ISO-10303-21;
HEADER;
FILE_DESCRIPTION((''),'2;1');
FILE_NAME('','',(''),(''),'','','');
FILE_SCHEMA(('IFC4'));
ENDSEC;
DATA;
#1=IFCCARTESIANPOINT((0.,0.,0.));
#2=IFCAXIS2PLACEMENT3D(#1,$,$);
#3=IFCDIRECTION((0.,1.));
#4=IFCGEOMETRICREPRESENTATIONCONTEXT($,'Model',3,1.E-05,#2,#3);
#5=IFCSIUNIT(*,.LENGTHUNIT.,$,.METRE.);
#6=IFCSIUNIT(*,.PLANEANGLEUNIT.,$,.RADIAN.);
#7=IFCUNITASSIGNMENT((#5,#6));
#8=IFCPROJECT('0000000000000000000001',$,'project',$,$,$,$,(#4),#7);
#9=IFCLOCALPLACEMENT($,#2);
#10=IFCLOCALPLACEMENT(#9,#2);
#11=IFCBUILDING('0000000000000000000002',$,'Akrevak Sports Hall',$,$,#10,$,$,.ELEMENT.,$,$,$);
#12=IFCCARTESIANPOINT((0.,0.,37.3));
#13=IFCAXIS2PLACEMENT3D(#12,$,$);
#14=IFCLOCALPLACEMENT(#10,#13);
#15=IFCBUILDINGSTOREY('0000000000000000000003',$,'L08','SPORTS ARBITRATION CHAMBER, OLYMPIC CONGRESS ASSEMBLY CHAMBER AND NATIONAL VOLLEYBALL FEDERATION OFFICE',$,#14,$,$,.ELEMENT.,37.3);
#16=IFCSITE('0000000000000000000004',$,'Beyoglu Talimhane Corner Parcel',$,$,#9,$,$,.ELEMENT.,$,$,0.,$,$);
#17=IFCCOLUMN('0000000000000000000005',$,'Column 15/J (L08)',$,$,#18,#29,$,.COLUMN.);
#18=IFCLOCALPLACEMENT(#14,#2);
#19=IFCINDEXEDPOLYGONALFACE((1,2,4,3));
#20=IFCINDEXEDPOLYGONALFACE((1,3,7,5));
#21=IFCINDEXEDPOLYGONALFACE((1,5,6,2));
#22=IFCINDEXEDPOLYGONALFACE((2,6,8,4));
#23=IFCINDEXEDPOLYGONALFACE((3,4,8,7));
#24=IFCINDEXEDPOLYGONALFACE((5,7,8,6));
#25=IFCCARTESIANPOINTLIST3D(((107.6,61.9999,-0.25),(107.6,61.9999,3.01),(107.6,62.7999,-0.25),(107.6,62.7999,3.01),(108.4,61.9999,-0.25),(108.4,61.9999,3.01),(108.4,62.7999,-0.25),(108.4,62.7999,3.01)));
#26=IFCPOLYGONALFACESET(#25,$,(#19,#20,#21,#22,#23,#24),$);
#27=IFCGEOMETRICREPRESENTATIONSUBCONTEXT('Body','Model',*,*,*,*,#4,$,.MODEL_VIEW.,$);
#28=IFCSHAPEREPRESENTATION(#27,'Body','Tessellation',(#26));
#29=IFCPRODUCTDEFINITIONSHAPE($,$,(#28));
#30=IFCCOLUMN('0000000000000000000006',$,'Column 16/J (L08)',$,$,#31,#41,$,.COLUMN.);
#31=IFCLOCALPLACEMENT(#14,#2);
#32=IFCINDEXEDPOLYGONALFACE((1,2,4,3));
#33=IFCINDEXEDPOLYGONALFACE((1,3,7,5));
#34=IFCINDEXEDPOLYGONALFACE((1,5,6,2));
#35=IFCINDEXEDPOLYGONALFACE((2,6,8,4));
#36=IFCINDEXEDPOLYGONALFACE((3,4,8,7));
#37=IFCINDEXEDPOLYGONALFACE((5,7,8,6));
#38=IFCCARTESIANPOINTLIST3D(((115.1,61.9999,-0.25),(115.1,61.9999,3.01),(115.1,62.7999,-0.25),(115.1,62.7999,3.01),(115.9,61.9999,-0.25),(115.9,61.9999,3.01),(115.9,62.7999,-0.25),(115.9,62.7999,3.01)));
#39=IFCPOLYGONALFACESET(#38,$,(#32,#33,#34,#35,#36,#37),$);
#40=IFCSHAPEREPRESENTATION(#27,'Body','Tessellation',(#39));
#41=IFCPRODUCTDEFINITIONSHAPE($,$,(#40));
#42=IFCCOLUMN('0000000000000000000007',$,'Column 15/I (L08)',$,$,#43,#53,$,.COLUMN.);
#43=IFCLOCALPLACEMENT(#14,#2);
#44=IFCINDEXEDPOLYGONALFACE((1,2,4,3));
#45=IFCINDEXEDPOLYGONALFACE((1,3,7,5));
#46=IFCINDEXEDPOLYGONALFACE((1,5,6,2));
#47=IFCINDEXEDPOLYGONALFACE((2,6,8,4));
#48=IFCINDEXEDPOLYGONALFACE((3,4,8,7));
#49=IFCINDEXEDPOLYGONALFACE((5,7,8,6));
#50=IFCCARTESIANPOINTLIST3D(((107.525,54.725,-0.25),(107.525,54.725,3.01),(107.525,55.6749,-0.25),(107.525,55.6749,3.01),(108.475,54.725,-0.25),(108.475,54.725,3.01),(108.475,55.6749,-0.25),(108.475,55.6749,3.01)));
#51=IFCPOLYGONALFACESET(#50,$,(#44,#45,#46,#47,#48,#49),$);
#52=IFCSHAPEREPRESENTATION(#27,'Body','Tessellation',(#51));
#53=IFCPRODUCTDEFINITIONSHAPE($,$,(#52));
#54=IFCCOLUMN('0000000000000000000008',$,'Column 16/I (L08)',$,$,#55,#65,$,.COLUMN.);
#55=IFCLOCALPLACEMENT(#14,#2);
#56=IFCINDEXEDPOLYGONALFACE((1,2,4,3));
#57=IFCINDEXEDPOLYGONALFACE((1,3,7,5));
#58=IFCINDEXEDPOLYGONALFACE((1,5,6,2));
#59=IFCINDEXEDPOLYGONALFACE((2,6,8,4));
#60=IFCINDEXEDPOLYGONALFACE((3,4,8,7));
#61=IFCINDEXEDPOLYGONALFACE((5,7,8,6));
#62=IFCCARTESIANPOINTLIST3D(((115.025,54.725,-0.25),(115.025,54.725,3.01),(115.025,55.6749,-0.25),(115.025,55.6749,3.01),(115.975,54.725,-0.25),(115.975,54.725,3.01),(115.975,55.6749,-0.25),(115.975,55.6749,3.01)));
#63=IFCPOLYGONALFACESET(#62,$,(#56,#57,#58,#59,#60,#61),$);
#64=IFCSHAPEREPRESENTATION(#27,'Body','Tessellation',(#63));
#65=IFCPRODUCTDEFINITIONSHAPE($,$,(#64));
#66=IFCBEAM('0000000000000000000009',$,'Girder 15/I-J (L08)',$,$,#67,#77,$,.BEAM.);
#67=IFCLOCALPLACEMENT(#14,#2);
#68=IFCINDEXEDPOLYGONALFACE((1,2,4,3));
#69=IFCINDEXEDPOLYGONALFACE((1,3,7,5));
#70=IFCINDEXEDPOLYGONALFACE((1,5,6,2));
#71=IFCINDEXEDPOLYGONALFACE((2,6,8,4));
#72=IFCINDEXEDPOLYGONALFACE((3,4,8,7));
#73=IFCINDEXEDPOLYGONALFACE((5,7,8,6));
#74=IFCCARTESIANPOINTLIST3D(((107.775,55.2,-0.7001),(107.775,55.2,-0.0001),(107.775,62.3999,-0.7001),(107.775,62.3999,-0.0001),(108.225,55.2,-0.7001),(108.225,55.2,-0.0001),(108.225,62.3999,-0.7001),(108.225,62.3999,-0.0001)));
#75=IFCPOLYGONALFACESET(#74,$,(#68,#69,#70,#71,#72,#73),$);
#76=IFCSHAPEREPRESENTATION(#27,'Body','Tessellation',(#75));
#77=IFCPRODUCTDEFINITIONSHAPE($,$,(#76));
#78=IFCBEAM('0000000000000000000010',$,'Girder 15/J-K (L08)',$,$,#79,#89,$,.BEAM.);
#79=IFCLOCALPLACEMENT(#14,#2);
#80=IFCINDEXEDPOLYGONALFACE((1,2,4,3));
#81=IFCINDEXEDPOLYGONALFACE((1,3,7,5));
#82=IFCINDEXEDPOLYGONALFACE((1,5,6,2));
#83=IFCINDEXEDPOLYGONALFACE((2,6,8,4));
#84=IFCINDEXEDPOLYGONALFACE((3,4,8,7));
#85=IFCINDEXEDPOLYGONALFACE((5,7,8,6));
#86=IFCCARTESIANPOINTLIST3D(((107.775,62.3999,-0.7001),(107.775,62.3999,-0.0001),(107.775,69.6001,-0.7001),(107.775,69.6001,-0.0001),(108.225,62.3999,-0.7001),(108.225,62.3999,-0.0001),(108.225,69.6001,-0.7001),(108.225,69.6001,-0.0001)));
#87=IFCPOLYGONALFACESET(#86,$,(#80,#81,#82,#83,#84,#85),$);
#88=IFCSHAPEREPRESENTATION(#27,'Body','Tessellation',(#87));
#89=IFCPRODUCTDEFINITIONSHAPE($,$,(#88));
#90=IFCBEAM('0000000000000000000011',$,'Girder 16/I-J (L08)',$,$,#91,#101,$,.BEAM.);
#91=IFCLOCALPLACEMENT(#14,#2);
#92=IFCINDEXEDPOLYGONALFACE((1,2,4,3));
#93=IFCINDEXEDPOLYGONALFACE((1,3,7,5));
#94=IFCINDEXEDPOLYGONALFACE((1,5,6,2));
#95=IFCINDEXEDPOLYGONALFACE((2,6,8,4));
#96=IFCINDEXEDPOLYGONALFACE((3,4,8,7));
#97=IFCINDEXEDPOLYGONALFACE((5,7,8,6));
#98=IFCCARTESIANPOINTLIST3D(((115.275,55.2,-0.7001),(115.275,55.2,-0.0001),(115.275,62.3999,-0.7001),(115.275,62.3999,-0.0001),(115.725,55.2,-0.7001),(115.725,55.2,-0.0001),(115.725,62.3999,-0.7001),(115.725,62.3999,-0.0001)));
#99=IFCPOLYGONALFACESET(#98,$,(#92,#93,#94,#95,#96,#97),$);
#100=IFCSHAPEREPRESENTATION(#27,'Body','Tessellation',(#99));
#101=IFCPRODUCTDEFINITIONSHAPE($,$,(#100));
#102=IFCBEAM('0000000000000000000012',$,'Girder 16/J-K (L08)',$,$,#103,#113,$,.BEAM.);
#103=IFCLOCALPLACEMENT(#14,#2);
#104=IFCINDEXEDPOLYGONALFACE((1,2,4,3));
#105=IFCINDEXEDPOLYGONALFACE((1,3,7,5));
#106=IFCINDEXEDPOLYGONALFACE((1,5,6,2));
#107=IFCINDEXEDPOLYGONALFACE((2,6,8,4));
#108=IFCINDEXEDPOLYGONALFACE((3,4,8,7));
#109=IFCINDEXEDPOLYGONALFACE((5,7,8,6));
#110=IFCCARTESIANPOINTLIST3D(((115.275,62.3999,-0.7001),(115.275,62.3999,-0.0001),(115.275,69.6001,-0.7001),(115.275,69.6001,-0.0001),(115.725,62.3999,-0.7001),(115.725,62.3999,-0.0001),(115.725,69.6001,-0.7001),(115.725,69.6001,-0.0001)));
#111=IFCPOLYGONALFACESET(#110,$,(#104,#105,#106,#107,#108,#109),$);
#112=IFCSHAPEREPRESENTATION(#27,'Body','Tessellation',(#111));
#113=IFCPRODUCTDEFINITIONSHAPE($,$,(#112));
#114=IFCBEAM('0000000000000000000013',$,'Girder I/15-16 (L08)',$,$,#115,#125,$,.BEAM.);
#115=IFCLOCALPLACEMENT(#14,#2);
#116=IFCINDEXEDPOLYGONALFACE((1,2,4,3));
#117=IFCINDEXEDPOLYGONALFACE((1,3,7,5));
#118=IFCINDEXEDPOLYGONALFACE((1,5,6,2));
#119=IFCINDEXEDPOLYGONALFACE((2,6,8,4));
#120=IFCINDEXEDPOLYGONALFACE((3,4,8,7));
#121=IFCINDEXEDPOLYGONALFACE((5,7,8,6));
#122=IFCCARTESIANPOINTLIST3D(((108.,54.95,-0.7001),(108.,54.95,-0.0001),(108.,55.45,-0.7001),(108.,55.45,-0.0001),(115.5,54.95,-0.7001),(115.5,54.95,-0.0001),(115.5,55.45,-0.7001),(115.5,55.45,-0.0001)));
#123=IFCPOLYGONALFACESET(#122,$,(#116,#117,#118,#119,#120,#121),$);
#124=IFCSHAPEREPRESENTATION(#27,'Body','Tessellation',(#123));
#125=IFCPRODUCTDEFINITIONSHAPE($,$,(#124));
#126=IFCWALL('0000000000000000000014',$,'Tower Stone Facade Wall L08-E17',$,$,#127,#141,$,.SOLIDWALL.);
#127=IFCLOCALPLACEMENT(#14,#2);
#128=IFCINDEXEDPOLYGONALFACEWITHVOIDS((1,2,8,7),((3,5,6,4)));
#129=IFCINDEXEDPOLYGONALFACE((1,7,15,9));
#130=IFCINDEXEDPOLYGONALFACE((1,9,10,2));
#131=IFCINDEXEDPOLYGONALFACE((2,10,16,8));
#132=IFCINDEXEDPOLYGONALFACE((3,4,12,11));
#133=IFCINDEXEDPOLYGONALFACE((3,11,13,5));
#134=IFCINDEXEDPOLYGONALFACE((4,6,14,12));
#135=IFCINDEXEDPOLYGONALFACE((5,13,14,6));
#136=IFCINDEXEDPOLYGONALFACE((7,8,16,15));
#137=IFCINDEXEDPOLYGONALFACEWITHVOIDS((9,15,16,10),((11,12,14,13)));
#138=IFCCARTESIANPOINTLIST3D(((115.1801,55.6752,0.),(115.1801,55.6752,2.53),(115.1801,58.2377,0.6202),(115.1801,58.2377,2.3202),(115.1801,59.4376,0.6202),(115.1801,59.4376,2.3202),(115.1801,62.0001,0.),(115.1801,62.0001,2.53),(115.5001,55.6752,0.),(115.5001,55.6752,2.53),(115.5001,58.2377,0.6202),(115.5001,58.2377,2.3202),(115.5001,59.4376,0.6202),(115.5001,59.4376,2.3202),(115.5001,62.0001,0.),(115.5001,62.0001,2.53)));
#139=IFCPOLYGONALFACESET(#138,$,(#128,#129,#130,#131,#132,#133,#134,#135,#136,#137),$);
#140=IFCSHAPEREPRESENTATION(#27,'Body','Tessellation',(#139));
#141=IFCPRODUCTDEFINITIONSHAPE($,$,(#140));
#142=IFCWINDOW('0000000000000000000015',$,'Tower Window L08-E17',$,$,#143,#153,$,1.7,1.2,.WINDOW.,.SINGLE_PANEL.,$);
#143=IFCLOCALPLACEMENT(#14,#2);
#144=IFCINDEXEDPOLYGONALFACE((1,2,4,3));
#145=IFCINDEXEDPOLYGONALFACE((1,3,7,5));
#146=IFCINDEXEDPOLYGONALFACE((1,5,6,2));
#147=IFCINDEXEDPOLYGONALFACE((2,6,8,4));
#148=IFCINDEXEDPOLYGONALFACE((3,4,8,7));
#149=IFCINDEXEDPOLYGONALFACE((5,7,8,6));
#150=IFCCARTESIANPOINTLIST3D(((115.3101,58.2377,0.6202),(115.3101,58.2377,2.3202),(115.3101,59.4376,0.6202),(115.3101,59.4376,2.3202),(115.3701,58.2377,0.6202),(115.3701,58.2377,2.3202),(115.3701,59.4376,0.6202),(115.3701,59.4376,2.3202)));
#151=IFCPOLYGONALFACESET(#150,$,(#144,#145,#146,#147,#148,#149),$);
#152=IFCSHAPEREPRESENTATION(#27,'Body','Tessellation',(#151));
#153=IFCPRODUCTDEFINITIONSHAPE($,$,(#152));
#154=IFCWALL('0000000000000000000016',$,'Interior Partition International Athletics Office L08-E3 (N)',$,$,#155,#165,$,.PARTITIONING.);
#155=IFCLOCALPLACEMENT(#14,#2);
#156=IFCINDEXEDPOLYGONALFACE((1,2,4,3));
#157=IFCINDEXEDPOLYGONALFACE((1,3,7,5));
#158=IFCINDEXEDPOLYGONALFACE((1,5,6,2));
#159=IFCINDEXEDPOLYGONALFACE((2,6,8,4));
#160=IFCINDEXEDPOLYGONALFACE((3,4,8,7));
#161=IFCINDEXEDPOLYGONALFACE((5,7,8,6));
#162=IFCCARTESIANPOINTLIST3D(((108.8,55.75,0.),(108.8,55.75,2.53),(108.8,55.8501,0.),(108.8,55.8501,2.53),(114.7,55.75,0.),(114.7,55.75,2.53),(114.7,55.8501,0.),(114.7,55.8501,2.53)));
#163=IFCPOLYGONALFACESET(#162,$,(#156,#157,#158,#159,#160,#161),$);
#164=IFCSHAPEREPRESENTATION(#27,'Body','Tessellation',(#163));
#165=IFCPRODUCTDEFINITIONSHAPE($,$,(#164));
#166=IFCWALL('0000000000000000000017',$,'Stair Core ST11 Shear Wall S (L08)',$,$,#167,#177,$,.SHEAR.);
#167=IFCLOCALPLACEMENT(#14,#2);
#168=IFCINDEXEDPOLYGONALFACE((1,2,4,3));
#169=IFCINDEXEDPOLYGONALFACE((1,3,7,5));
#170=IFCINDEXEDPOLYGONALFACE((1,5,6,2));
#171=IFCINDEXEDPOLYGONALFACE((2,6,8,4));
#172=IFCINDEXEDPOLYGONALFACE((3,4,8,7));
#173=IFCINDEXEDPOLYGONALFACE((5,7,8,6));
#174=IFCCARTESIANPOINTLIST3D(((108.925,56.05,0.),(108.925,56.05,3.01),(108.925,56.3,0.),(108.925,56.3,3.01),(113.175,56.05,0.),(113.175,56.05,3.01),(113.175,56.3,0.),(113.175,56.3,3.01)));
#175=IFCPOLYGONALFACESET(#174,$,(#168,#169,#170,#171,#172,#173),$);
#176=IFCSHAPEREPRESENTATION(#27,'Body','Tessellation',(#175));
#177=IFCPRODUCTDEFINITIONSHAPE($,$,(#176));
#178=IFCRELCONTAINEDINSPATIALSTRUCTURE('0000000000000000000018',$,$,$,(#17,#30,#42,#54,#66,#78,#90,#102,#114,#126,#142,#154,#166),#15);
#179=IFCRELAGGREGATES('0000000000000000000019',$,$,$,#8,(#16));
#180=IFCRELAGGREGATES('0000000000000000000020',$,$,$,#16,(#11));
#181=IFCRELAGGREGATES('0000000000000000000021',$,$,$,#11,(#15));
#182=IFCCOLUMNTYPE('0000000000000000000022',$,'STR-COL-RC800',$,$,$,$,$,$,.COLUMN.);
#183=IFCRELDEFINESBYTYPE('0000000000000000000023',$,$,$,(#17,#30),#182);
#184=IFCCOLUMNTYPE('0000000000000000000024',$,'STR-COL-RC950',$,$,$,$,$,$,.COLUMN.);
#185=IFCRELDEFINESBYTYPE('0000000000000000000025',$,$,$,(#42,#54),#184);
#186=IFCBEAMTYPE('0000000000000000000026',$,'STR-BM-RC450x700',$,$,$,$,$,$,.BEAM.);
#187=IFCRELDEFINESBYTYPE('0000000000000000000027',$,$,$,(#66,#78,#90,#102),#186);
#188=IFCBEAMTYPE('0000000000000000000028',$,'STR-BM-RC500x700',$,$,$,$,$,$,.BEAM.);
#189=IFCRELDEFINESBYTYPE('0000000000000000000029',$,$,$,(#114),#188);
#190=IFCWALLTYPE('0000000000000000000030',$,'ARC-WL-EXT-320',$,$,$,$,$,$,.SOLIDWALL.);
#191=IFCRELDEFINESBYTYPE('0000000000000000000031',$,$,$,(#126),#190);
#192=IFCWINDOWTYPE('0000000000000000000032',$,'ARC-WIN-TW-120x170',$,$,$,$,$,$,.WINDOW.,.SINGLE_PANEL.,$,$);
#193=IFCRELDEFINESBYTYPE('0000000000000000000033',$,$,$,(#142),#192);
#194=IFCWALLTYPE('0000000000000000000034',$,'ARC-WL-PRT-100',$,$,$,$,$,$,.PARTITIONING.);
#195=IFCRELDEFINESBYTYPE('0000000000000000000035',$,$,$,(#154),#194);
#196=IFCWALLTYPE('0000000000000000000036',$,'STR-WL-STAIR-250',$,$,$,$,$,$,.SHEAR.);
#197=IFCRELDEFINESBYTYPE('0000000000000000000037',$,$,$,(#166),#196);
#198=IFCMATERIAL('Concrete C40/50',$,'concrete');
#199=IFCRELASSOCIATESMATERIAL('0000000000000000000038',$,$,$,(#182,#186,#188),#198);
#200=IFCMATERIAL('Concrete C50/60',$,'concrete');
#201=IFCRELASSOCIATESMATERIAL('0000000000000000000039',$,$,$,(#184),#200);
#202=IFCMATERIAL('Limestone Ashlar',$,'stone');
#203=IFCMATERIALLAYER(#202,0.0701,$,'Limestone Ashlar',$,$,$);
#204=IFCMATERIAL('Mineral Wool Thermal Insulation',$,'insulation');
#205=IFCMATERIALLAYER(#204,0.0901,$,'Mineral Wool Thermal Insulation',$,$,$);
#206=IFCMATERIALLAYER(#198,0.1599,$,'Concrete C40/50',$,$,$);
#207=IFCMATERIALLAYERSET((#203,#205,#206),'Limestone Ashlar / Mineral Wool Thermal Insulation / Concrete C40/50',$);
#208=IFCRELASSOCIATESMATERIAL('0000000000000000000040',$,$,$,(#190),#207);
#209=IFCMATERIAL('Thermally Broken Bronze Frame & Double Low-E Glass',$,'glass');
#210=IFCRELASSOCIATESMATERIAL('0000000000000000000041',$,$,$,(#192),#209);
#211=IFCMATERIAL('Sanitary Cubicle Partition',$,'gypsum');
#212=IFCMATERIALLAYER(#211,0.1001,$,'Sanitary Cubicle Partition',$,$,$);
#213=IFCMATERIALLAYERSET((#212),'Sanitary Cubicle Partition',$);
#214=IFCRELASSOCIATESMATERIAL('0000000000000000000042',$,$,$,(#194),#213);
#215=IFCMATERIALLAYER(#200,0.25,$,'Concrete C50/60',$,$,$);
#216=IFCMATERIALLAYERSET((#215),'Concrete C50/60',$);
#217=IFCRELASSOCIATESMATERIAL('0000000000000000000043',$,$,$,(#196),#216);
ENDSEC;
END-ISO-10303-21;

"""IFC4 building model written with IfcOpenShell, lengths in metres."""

from ifc_helpers import new_model, si_unit, direction, frame, frame_2d, origin, origin_2d, place, context, subcontext, project, spatial, rectangle, extrude, material, layer, layer_set, material_profile, profile_set, type_object, element, fill, save


model = new_model("IFC4")

# Units and contexts
model_context = context("Model", 3, precision=1e-05, world=origin(), true_north=direction((0.0, 1.0)))
body_context = subcontext(model_context, "Body", "Model", "MODEL_VIEW")
ifc_project = project(units=[si_unit("LENGTHUNIT", "METRE"), si_unit("PLANEANGLEUNIT", "RADIAN")], contexts=[model_context])

# Site, building, storey
site_placement = place(None, origin())
site = spatial("IfcSite", under=ifc_project, at=site_placement, Name="Beyoglu Talimhane Corner Parcel", CompositionType="ELEMENT", RefElevation=0.0)
building_placement = place(site_placement, origin())
building = spatial("IfcBuilding", under=site, at=building_placement, Name="Akrevak Sports Hall", CompositionType="ELEMENT")
storey_placement = place(building_placement, frame((0.0, 0.0, 37.3)))
storey = spatial("IfcBuildingStorey", under=building, at=storey_placement, Name="L08", Description="SPORTS ARBITRATION CHAMBER, OLYMPIC CONGRESS ASSEMBLY CHAMBER AND NATIONAL VOLLEYBALL FEDERATION OFFICE", CompositionType="ELEMENT", Elevation=37.3)

# Columns
ifc_material_1 = material(Name="Concrete C40/50", Category="concrete")
ifc_material_profile_1 = material_profile(ifc_material_1, rectangle(XDim=0.8, YDim=0.8, at=origin_2d()), Name="RC 800x800", Category="concrete")
ifc_profile_set_1 = profile_set([ifc_material_profile_1], Name="Concrete C40/50")
column_type_1 = type_object("IfcColumnType", Name="STR-COL-RC800", PredefinedType="COLUMN", material=ifc_profile_set_1)
for number, where, z_axis, x_axis, name in (
    (1, (108.0, 62.3999, -0.25), (0.0, 0.0, 1.0), (1.0, 0.0, 0.0), "Column 15/J (L08)"),
    (2, (115.5, 62.3999, -0.25), (0.0, 0.0, 1.0), (1.0, 0.0, 0.0), "Column 16/J (L08)"),
):
    element("IfcColumn", number, at=place(storey_placement, frame(where, z_axis=z_axis, x_axis=x_axis)), inside=storey, type_object=column_type_1, Name=name, PredefinedType="COLUMN", context=body_context, shape_type="SweptSolid", body=[
        extrude(rectangle(XDim=0.8, YDim=0.8, at=origin_2d()), origin(), (0.0, 0.0, 1.0), 3.26),
    ])
ifc_material_2 = material(Name="Concrete C50/60", Category="concrete")
ifc_material_profile_2 = material_profile(ifc_material_2, rectangle(XDim=0.95, YDim=0.95, at=origin_2d()), Name="RC 950x950", Category="concrete")
ifc_profile_set_2 = profile_set([ifc_material_profile_2], Name="Concrete C50/60")
column_type_2 = type_object("IfcColumnType", Name="STR-COL-RC950", PredefinedType="COLUMN", material=ifc_profile_set_2)
for number, where, z_axis, x_axis, name in (
    (3, (108.0, 55.2, -0.25), (0.0, 0.0, 1.0), (1.0, 0.0, 0.0), "Column 15/I (L08)"),
    (4, (115.5, 55.2, -0.25), (0.0, 0.0, 1.0), (1.0, 0.0, 0.0), "Column 16/I (L08)"),
):
    element("IfcColumn", number, at=place(storey_placement, frame(where, z_axis=z_axis, x_axis=x_axis)), inside=storey, type_object=column_type_2, Name=name, PredefinedType="COLUMN", context=body_context, shape_type="SweptSolid", body=[
        extrude(rectangle(XDim=0.95, YDim=0.95, at=origin_2d()), origin(), (0.0, 0.0, 1.0), 3.26),
    ])

# Beams
ifc_material_profile_3 = material_profile(ifc_material_1, rectangle(XDim=0.45, YDim=0.7, at=origin_2d()), Name="BM 450x700", Category="concrete")
ifc_profile_set_3 = profile_set([ifc_material_profile_3], Name="Concrete C40/50")
beam_type_1 = type_object("IfcBeamType", Name="STR-BM-RC450x700", PredefinedType="BEAM", material=ifc_profile_set_3)
beam_1_placement = place(storey_placement, frame((108.0, 55.2, -0.3501), z_axis=(0.0, 1.0, 0.0), x_axis=(-1.0, 0.0, 0.0)))
element("IfcBeam", 5, at=beam_1_placement, inside=storey, type_object=beam_type_1, Name="Girder 15/I-J (L08)", PredefinedType="BEAM", context=body_context, shape_type="SweptSolid", body=[
    extrude(rectangle(XDim=0.45, YDim=0.7, at=origin_2d()), origin(), (0.0, 0.0, 1.0), 7.2),
])
beam_2_placement = place(storey_placement, frame((108.0, 62.3999, -0.3501), z_axis=(0.0, 1.0, 0.0), x_axis=(-1.0, 0.0, 0.0)))
element("IfcBeam", 6, at=beam_2_placement, inside=storey, type_object=beam_type_1, Name="Girder 15/J-K (L08)", PredefinedType="BEAM", context=body_context, shape_type="SweptSolid", body=[
    extrude(rectangle(XDim=0.45, YDim=0.7, at=origin_2d()), origin(), (0.0, 0.0, 1.0), 7.2002),
])
beam_3_placement = place(storey_placement, frame((115.5, 55.2, -0.3501), z_axis=(0.0, 1.0, 0.0), x_axis=(-1.0, 0.0, 0.0)))
element("IfcBeam", 7, at=beam_3_placement, inside=storey, type_object=beam_type_1, Name="Girder 16/I-J (L08)", PredefinedType="BEAM", context=body_context, shape_type="SweptSolid", body=[
    extrude(rectangle(XDim=0.45, YDim=0.7, at=origin_2d()), origin(), (0.0, 0.0, 1.0), 7.2),
])
beam_4_placement = place(storey_placement, frame((115.5, 62.3999, -0.3501), z_axis=(0.0, 1.0, 0.0), x_axis=(-1.0, 0.0, 0.0)))
element("IfcBeam", 8, at=beam_4_placement, inside=storey, type_object=beam_type_1, Name="Girder 16/J-K (L08)", PredefinedType="BEAM", context=body_context, shape_type="SweptSolid", body=[
    extrude(rectangle(XDim=0.45, YDim=0.7, at=origin_2d()), origin(), (0.0, 0.0, 1.0), 7.2002),
])
ifc_material_profile_4 = material_profile(ifc_material_1, rectangle(XDim=0.5, YDim=0.7, at=origin_2d()), Name="BM 500x700", Category="concrete")
ifc_profile_set_4 = profile_set([ifc_material_profile_4], Name="Concrete C40/50")
beam_type_2 = type_object("IfcBeamType", Name="STR-BM-RC500x700", PredefinedType="BEAM", material=ifc_profile_set_4)
beam_5_placement = place(storey_placement, frame((108.0, 55.2, -0.3501), z_axis=(1.0, 0.0, 0.0), x_axis=(0.0, 1.0, 0.0)))
element("IfcBeam", 9, at=beam_5_placement, inside=storey, type_object=beam_type_2, Name="Girder I/15-16 (L08)", PredefinedType="BEAM", context=body_context, shape_type="SweptSolid", body=[
    extrude(rectangle(XDim=0.5, YDim=0.7, at=origin_2d()), origin(), (0.0, 0.0, 1.0), 7.5),
])

# Wall, opening, window
ifc_material_3 = material(Name="Limestone Ashlar", Category="stone")
ifc_layer_1 = layer(ifc_material_3, 0.0701, Name="Limestone Ashlar")
ifc_material_4 = material(Name="Mineral Wool Thermal Insulation", Category="insulation")
ifc_layer_2 = layer(ifc_material_4, 0.0901, Name="Mineral Wool Thermal Insulation")
ifc_layer_3 = layer(ifc_material_1, 0.1599, Name="Concrete C40/50")
ifc_layer_set_1 = layer_set([ifc_layer_1, ifc_layer_2, ifc_layer_3], Name="Limestone Ashlar / Mineral Wool Thermal Insulation / Concrete C40/50")
wall_type_1 = type_object("IfcWallType", Name="ARC-WL-EXT-320", PredefinedType="SOLIDWALL", material=ifc_layer_set_1)
wall_1_placement = place(storey_placement, frame((115.3401, 55.675, 0.0), z_axis=(0.0, 0.0, 1.0), x_axis=(0.0, 1.0, 0.0)))
wall_1 = element("IfcWall", 10, at=wall_1_placement, inside=storey, type_object=wall_type_1, Name="Tower Stone Facade Wall L08-E17", PredefinedType="SOLIDWALL", context=body_context, shape_type="SweptSolid", body=[
    extrude(rectangle(XDim=6.325, YDim=0.3201, at=frame_2d((3.1626, 0.0))), origin(), (0.0, 0.0, 1.0), 2.53),
])
opening_placement = place(wall_1_placement, frame((2.5625, 0.0, 0.6201)))
opening = element("IfcOpeningElement", 11, at=opening_placement, cuts=wall_1, PredefinedType="OPENING", context=body_context, shape_type="SweptSolid", body=[
    extrude(rectangle(XDim=1.2, YDim=1.7, at=frame_2d((0.6001, 0.8501))), frame((0.0, 0.1719, 0.0), z_axis=(0.0, -1.0, 0.0), x_axis=(1.0, 0.0, 0.0)), (0.0, 0.0, 1.0), 0.344),
])
ifc_material_5 = material(Name="Thermally Broken Bronze Frame & Double Low-E Glass", Category="glass")
window_type = type_object("IfcWindowType", Name="ARC-WIN-TW-120x170", PartitioningType="SINGLE_PANEL", PredefinedType="WINDOW", material=ifc_material_5)
window_placement = place(opening_placement, origin())
window = element("IfcWindow", 12, at=window_placement, inside=storey, type_object=window_type, Name="Tower Window L08-E17", OverallHeight=1.7, OverallWidth=1.2, PartitioningType="SINGLE_PANEL", PredefinedType="WINDOW", context=body_context, shape_type="SweptSolid", body=[
    extrude(rectangle(XDim=1.2, YDim=1.7, at=frame_2d((0.6001, 0.8501))), frame((0.0, 0.03, 0.0), z_axis=(0.0, -1.0, 0.0), x_axis=(1.0, 0.0, 0.0)), (0.0, 0.0, 1.0), 0.0601),
])
fill(opening, window)

# Walls
ifc_material_6 = material(Name="Sanitary Cubicle Partition", Category="gypsum")
ifc_layer_4 = layer(ifc_material_6, 0.1001, Name="Sanitary Cubicle Partition")
ifc_layer_set_2 = layer_set([ifc_layer_4], Name="Sanitary Cubicle Partition")
wall_type_2 = type_object("IfcWallType", Name="ARC-WL-PRT-100", PredefinedType="PARTITIONING", material=ifc_layer_set_2)
wall_2_placement = place(storey_placement, frame((108.8, 55.8, 0.0), z_axis=(0.0, 0.0, 1.0), x_axis=(1.0, 0.0, 0.0)))
element("IfcWall", 13, at=wall_2_placement, inside=storey, type_object=wall_type_2, Name="Interior Partition International Athletics Office L08-E3 (N)", PredefinedType="PARTITIONING", context=body_context, shape_type="SweptSolid", body=[
    extrude(rectangle(XDim=5.8999, YDim=0.1001, at=frame_2d((2.95, 0.0))), origin(), (0.0, 0.0, 1.0), 2.53),
])
ifc_layer_5 = layer(ifc_material_2, 0.25, Name="Concrete C50/60")
ifc_layer_set_3 = layer_set([ifc_layer_5], Name="Concrete C50/60")
wall_type_3 = type_object("IfcWallType", Name="STR-WL-STAIR-250", PredefinedType="SHEAR", material=ifc_layer_set_3)
wall_3_placement = place(storey_placement, frame((108.925, 56.175, 0.0), z_axis=(0.0, 0.0, 1.0), x_axis=(1.0, 0.0, 0.0)))
element("IfcWall", 14, at=wall_3_placement, inside=storey, type_object=wall_type_3, Name="Stair Core ST11 Shear Wall S (L08)", PredefinedType="SHEAR", context=body_context, shape_type="SweptSolid", body=[
    extrude(rectangle(XDim=4.25, YDim=0.25, at=frame_2d((2.125, 0.0))), origin(), (0.0, 0.0, 1.0), 3.01),
])

save(model, "model.ifc")
